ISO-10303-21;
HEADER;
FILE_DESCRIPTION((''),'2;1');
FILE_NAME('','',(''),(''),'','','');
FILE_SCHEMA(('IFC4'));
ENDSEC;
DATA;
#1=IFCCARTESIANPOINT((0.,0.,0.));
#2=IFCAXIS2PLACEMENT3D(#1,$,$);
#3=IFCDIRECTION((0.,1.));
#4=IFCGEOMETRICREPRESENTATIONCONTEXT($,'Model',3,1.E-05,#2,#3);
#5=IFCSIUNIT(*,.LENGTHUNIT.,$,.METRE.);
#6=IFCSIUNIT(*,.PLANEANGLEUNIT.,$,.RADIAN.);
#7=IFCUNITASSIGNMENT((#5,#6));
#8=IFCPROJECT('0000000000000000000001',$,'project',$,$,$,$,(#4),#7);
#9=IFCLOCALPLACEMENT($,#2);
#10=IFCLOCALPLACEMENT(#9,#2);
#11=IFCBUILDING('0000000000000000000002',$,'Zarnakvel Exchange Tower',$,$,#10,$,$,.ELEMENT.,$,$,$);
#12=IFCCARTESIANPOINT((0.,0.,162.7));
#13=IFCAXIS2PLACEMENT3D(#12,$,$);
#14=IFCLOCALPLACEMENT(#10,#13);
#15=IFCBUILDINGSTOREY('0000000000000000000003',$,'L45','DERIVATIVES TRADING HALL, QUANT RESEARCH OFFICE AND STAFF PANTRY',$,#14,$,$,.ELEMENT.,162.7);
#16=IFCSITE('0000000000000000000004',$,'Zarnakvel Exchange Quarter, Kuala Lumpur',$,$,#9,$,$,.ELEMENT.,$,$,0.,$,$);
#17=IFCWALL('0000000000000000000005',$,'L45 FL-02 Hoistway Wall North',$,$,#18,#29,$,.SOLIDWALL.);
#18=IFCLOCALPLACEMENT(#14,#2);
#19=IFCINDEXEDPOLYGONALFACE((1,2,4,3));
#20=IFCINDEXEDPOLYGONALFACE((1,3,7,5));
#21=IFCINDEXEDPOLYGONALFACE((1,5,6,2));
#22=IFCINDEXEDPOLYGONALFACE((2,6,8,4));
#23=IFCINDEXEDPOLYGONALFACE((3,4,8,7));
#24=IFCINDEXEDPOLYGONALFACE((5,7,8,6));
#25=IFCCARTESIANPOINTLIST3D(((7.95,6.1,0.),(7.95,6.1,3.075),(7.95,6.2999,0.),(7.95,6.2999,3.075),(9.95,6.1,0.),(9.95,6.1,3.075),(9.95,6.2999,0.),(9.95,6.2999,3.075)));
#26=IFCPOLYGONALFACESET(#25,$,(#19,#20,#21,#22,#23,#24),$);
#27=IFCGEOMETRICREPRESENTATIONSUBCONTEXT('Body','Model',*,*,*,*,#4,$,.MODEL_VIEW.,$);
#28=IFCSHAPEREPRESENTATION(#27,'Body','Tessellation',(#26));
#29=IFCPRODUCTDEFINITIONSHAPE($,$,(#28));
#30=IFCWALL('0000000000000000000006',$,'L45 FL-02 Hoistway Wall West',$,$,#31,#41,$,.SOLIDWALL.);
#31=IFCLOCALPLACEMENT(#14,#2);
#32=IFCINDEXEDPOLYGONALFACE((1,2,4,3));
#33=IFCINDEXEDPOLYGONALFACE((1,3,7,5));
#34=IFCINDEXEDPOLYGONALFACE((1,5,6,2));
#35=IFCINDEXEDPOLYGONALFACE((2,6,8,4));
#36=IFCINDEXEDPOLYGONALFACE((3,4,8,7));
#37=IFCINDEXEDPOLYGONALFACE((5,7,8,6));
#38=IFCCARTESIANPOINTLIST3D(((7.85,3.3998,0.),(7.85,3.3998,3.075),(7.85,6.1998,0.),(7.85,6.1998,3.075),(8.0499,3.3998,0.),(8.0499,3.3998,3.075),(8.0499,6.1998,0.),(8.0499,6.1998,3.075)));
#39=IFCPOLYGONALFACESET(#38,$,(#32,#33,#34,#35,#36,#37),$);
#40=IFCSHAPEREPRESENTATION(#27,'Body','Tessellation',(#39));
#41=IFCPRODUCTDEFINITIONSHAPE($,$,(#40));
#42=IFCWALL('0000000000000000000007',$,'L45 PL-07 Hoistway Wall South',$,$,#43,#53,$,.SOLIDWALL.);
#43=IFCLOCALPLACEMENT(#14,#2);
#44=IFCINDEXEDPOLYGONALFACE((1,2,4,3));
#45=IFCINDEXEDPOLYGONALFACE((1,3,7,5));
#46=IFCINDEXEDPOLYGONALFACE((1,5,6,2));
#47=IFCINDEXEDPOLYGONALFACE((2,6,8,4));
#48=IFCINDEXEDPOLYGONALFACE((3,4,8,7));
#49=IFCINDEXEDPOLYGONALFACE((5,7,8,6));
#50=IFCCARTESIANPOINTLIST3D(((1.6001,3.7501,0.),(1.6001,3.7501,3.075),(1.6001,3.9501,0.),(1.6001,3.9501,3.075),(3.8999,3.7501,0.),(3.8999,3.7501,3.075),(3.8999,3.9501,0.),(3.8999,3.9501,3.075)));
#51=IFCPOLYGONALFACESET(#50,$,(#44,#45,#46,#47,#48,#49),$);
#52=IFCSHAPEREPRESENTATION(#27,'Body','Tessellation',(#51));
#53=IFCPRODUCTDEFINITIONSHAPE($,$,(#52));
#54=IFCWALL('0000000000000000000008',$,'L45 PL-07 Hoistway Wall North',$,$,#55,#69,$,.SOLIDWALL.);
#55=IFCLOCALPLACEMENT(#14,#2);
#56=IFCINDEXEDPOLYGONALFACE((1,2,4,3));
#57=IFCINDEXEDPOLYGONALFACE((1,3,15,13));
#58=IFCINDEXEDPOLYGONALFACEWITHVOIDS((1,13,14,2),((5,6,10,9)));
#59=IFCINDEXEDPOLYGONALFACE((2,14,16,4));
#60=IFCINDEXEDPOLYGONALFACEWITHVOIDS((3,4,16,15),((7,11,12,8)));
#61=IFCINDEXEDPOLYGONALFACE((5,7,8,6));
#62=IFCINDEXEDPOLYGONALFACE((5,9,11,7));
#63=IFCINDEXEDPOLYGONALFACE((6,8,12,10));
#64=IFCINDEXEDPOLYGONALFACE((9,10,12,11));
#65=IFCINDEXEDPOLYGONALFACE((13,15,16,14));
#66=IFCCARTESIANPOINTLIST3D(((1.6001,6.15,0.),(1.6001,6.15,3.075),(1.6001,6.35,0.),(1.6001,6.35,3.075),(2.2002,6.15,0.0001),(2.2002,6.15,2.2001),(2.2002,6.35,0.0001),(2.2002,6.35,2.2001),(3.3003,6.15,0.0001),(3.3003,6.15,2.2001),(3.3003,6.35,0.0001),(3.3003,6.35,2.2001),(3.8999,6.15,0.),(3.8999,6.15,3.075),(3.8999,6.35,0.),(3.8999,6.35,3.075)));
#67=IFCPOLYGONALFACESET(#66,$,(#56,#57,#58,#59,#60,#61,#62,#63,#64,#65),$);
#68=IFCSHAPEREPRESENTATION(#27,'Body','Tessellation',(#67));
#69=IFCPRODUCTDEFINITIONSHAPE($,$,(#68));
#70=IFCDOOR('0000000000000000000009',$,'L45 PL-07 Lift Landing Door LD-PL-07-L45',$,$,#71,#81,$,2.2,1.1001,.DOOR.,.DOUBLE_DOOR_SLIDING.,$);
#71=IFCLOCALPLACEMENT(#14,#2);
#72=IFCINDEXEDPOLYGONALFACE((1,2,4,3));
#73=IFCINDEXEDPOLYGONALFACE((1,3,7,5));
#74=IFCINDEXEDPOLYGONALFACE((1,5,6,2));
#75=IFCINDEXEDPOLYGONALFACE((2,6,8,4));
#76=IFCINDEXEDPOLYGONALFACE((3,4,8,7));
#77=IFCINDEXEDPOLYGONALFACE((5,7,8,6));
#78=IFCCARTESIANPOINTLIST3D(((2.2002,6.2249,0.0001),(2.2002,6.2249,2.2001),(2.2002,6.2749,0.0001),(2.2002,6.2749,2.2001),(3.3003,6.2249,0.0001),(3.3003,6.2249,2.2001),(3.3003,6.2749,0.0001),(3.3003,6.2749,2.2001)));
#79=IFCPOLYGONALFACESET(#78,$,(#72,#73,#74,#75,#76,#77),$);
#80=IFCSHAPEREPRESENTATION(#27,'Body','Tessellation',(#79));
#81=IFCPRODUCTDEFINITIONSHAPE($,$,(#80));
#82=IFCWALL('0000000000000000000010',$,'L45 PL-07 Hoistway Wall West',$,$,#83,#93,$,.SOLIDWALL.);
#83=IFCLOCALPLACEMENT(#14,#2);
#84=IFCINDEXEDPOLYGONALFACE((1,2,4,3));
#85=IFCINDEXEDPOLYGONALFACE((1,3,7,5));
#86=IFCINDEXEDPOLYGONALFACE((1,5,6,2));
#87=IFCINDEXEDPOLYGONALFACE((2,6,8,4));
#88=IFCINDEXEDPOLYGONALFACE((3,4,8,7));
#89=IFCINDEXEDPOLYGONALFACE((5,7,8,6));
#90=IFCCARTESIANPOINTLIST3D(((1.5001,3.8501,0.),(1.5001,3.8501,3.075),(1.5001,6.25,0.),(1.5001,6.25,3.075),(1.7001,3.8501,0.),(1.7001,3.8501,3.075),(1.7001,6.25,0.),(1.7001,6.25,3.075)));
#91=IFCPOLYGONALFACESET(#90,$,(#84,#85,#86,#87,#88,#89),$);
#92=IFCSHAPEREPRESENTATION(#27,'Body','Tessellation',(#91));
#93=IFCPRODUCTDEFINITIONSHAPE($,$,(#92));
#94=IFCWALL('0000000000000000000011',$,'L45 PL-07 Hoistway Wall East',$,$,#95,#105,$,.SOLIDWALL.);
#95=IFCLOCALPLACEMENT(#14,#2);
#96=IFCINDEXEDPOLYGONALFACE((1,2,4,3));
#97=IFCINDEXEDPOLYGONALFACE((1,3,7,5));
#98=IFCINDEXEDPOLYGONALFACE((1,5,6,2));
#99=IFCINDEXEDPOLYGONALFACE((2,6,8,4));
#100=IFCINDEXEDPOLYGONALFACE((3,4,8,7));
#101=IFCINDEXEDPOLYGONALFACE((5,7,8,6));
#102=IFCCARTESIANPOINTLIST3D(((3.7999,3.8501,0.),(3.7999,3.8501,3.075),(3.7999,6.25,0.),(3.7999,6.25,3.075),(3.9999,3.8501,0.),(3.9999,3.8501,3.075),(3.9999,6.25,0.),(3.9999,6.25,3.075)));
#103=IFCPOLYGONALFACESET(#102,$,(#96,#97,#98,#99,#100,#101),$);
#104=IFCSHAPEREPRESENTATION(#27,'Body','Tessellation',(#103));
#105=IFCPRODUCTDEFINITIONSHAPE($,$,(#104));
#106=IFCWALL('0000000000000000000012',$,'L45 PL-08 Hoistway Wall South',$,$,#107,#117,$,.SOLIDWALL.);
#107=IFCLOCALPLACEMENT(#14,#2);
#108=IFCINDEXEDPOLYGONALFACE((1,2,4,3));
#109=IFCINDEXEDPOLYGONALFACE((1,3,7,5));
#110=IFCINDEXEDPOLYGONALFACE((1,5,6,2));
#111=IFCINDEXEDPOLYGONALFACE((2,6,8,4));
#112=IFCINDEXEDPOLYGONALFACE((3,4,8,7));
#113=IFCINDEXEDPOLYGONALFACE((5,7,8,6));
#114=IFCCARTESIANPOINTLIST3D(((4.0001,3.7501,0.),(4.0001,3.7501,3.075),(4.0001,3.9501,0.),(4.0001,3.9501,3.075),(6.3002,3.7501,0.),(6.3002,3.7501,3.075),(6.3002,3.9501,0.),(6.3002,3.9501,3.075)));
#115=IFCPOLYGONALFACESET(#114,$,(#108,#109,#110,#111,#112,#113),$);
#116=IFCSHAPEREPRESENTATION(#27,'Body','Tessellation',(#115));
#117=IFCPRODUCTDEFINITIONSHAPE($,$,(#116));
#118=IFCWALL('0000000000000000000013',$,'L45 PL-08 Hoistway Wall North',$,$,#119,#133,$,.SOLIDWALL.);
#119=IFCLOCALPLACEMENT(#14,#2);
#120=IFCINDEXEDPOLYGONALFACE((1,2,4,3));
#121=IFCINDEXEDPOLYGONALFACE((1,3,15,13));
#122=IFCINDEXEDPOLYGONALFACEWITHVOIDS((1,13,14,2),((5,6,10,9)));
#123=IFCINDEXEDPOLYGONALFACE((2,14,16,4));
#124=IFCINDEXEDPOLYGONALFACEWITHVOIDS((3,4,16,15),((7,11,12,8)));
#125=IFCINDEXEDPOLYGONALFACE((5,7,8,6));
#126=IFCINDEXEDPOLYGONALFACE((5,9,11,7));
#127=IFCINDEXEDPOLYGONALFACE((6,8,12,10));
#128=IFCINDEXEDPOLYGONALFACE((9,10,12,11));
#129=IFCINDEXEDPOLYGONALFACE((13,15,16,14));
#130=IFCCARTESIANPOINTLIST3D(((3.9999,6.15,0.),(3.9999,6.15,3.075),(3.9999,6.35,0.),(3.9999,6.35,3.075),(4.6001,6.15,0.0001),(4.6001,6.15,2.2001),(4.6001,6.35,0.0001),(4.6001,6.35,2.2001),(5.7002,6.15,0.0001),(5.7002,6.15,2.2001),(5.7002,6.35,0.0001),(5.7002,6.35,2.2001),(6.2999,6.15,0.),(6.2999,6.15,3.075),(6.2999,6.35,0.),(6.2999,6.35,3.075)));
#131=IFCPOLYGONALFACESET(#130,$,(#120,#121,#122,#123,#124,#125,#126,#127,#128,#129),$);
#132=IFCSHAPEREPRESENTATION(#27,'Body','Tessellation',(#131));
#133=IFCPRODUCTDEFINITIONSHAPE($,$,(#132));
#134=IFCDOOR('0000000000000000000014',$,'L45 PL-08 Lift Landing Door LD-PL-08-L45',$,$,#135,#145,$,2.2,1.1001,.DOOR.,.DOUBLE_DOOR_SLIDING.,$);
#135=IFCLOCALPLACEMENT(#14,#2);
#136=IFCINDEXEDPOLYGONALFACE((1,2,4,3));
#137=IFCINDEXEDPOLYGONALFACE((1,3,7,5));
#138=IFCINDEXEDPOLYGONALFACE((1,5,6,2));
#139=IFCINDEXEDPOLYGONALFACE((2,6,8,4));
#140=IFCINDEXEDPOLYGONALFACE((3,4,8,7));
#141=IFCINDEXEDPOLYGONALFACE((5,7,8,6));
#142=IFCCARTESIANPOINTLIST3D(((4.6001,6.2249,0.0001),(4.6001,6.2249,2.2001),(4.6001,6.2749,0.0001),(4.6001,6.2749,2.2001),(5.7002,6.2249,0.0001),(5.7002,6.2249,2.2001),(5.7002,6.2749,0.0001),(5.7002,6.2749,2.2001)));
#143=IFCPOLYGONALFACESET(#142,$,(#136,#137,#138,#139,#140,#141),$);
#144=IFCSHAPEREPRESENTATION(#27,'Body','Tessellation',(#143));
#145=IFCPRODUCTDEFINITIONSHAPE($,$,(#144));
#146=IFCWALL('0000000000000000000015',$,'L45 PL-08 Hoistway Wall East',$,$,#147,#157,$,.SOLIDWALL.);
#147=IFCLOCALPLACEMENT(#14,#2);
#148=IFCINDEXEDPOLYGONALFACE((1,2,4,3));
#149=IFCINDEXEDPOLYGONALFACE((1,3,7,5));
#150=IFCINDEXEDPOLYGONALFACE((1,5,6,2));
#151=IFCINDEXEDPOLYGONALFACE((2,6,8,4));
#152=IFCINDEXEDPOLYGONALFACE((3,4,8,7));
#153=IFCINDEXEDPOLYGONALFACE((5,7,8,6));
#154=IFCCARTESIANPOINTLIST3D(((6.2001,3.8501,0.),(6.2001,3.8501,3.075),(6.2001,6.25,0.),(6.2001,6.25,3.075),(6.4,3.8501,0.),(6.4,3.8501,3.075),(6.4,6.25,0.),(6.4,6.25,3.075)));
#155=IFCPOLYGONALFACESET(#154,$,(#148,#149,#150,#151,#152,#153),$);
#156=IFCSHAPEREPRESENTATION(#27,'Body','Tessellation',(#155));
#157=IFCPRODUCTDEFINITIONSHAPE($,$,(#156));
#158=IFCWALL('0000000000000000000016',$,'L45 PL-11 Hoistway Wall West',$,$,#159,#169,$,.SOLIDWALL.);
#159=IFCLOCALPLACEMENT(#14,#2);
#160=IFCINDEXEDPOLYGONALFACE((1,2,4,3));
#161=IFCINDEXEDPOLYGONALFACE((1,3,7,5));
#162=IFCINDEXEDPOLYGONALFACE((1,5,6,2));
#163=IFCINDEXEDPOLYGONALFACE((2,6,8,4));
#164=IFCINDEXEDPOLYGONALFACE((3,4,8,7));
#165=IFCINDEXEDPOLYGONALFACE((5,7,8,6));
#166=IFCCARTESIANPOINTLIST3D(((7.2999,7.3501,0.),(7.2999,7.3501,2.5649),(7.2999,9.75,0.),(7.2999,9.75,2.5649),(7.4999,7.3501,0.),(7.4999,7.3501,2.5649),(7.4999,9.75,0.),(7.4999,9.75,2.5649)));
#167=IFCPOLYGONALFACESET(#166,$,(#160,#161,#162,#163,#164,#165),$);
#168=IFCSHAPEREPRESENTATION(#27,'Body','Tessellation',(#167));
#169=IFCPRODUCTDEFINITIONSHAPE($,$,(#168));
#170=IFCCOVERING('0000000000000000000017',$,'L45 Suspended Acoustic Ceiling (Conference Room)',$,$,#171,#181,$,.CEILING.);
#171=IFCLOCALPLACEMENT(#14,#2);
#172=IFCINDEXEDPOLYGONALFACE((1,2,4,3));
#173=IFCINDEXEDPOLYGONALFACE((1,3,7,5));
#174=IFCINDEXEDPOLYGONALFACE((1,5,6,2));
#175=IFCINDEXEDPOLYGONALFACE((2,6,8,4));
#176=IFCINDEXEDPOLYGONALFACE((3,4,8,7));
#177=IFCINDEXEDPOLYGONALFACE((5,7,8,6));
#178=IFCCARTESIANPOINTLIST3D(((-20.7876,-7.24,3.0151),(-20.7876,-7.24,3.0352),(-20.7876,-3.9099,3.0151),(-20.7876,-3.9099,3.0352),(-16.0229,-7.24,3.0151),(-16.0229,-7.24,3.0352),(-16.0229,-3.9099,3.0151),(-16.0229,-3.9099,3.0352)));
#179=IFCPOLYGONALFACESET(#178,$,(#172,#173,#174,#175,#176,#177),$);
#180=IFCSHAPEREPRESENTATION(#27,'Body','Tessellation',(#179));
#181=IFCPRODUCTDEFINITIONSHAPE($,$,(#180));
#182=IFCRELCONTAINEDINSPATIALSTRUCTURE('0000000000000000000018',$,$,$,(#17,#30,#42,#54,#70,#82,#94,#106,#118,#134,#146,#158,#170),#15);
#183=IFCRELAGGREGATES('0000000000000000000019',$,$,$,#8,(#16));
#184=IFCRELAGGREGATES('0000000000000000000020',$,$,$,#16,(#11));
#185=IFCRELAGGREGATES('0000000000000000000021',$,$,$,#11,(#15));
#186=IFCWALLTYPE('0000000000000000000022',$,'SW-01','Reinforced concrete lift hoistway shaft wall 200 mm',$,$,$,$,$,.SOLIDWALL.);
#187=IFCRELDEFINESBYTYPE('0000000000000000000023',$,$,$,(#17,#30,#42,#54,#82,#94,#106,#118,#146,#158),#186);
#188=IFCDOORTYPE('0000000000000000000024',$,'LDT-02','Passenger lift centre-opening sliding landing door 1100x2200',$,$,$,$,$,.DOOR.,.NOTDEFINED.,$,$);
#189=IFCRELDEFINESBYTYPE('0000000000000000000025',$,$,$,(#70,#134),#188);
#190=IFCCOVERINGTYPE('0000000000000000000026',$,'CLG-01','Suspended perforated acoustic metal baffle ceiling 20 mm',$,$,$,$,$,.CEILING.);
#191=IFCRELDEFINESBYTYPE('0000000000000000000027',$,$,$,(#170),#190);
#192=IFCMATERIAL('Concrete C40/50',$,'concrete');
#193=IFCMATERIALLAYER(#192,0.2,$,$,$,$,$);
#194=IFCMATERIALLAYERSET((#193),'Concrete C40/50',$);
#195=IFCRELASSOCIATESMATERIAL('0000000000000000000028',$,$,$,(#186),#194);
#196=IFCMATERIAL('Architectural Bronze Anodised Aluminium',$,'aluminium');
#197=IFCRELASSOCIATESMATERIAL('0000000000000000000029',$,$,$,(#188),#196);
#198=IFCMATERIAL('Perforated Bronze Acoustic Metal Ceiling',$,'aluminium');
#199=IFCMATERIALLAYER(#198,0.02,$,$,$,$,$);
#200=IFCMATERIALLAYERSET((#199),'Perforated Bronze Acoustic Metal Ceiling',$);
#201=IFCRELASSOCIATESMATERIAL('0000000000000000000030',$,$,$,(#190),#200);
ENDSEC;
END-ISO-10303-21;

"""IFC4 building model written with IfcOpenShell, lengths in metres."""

from ifc_helpers import new_model, si_unit, direction, frame, frame_2d, origin, place, context, subcontext, project, spatial, polyline, rectangle, outline, extrude, source, transform, mapped, material, layer, layer_set, type_object, element, fill, save


model = new_model("IFC4")

# Units and contexts
model_context = context("Model", 3, precision=1e-05, world=origin(), true_north=direction((0.0, 1.0)))
body_context = subcontext(model_context, "Body", "Model", "MODEL_VIEW")
ifc_project = project(units=[si_unit("LENGTHUNIT", "METRE"), si_unit("PLANEANGLEUNIT", "RADIAN")], contexts=[model_context])

# Site, building, storey
site_placement = place(None, origin())
site = spatial("IfcSite", under=ifc_project, at=site_placement, Name="Zarnakvel Exchange Quarter, Kuala Lumpur", CompositionType="ELEMENT", RefElevation=0.0)
building_placement = place(site_placement, origin())
building = spatial("IfcBuilding", under=site, at=building_placement, Name="Zarnakvel Exchange Tower", CompositionType="ELEMENT")
storey_placement = place(building_placement, frame((0.0, 0.0, 162.7)))
storey = spatial("IfcBuildingStorey", under=building, at=storey_placement, Name="L45", Description="DERIVATIVES TRADING HALL, QUANT RESEARCH OFFICE AND STAFF PANTRY", CompositionType="ELEMENT", Elevation=162.7)

# Shared definitions
ifc_material_1 = material(Name="Concrete C40/50", Category="concrete")
ifc_layer_1 = layer(ifc_material_1, 0.2)
ifc_layer_set_1 = layer_set([ifc_layer_1], Name="Concrete C40/50")
wall_type_1 = type_object("IfcWallType", Name="SW-01", Description="Reinforced concrete lift hoistway shaft wall 200 mm", PredefinedType="SOLIDWALL", material=ifc_layer_set_1)
shared_shape_1 = source(origin(), body_context, "Body", "SweptSolid", [
    extrude(rectangle(XDim=1.1001, YDim=2.2, at=frame_2d((0.55, 1.1001))), frame((0.0, 0.0249, 0.0), z_axis=(0.0, -1.0, 0.0), x_axis=(1.0, 0.0, 0.0)), (0.0, 0.0, 1.0), 0.05),
])

# Walls
wall_1_placement = place(storey_placement, frame((7.95, 6.2, 0.0), z_axis=(0.0, 0.0, 1.0), x_axis=(1.0, 0.0, 0.0)))
element("IfcWall", 1, at=wall_1_placement, inside=storey, type_object=wall_type_1, Name="L45 FL-02 Hoistway Wall North", PredefinedType="SOLIDWALL", context=body_context, shape_type="SweptSolid", body=[
    extrude(rectangle(XDim=2.0, YDim=0.2, at=frame_2d((1.0, 0.0))), origin(), (0.0, 0.0, 1.0), 3.075),
])
wall_2_placement = place(storey_placement, frame((7.95, 3.3999, 0.0), z_axis=(0.0, 0.0, 1.0), x_axis=(0.0, 1.0, 0.0)))
element("IfcWall", 2, at=wall_2_placement, inside=storey, type_object=wall_type_1, Name="L45 FL-02 Hoistway Wall West", PredefinedType="SOLIDWALL", context=body_context, shape_type="SweptSolid", body=[
    extrude(rectangle(XDim=2.8, YDim=0.2, at=frame_2d((1.3999, 0.0))), origin(), (0.0, 0.0, 1.0), 3.075),
])
wall_3_placement = place(storey_placement, frame((3.8999, 3.8501, 0.0), z_axis=(0.0, 0.0, 1.0), x_axis=(-1.0, 0.0, 0.0)))
element("IfcWall", 3, at=wall_3_placement, inside=storey, type_object=wall_type_1, Name="L45 PL-07 Hoistway Wall South", PredefinedType="SOLIDWALL", context=body_context, shape_type="SweptSolid", body=[
    extrude(rectangle(XDim=2.2998, YDim=0.2, at=frame_2d((1.1499, 0.0))), origin(), (0.0, 0.0, 1.0), 3.075),
])

# Wall, opening, door
wall_4_placement = place(storey_placement, frame((1.6001, 6.25, 0.0), z_axis=(0.0, 0.0, 1.0), x_axis=(1.0, 0.0, 0.0)))
wall_4 = element("IfcWall", 4, at=wall_4_placement, inside=storey, type_object=wall_type_1, Name="L45 PL-07 Hoistway Wall North", PredefinedType="SOLIDWALL", context=body_context, shape_type="SweptSolid", body=[
    extrude(rectangle(XDim=2.2998, YDim=0.2, at=frame_2d((1.1499, 0.0))), origin(), (0.0, 0.0, 1.0), 3.075),
])
opening_1_placement = place(wall_4_placement, frame((0.6001, 0.0, 0.0)))
opening_1 = element("IfcOpeningElement", 5, at=opening_1_placement, cuts=wall_4, PredefinedType="OPENING", context=body_context, shape_type="SweptSolid", body=[
    extrude(rectangle(XDim=1.1001, YDim=2.2, at=frame_2d((0.55, 1.1001))), frame((0.0, 0.1099, 0.0), z_axis=(0.0, -1.0, 0.0), x_axis=(1.0, 0.0, 0.0)), (0.0, 0.0, 1.0), 0.22),
])
ifc_material_2 = material(Name="Architectural Bronze Anodised Aluminium", Category="aluminium")
door_type_1 = type_object("IfcDoorType", Name="LDT-02", Description="Passenger lift centre-opening sliding landing door 1100x2200", OperationType="NOTDEFINED", PredefinedType="DOOR", material=ifc_material_2)
door_1_placement = place(opening_1_placement, origin())
door_1 = element("IfcDoor", 6, at=door_1_placement, inside=storey, type_object=door_type_1, Name="L45 PL-07 Lift Landing Door LD-PL-07-L45", OperationType="DOUBLE_DOOR_SLIDING", OverallHeight=2.2, OverallWidth=1.1001, PredefinedType="DOOR", context=body_context, shape_type="MappedRepresentation", body=[
    mapped(shared_shape_1, transform((0.0, 0.0, 0.0), x_axis=(1.0, 0.0, 0.0), y_axis=(0.0, 1.0, 0.0), z_axis=(0.0, 0.0, 1.0), scale=1.0)),
])
fill(opening_1, door_1)

# Walls
for number, where, z_axis, x_axis, name in (
    (7, (1.6001, 3.8501, 0.0), (0.0, 0.0, 1.0), (0.0, 1.0, 0.0), "L45 PL-07 Hoistway Wall West"),
    (8, (3.8999, 6.25, 0.0), (0.0, 0.0, 1.0), (0.0, -1.0, 0.0), "L45 PL-07 Hoistway Wall East"),
):
    element("IfcWall", number, at=place(storey_placement, frame(where, z_axis=z_axis, x_axis=x_axis)), inside=storey, type_object=wall_type_1, Name=name, PredefinedType="SOLIDWALL", context=body_context, shape_type="SweptSolid", body=[
        extrude(rectangle(XDim=2.3999, YDim=0.2, at=frame_2d((1.2, 0.0))), origin(), (0.0, 0.0, 1.0), 3.075),
    ])
wall_5_placement = place(storey_placement, frame((6.3, 3.8501, 0.0), z_axis=(0.0, 0.0, 1.0), x_axis=(-1.0, 0.0, 0.0)))
element("IfcWall", 9, at=wall_5_placement, inside=storey, type_object=wall_type_1, Name="L45 PL-08 Hoistway Wall South", PredefinedType="SOLIDWALL", context=body_context, shape_type="SweptSolid", body=[
    extrude(rectangle(XDim=2.3, YDim=0.2, at=frame_2d((1.1499, 0.0))), origin(), (0.0, 0.0, 1.0), 3.075),
])

# Wall, opening, door
wall_6_placement = place(storey_placement, frame((4.0, 6.25, 0.0), z_axis=(0.0, 0.0, 1.0), x_axis=(1.0, 0.0, 0.0)))
wall_6 = element("IfcWall", 10, at=wall_6_placement, inside=storey, type_object=wall_type_1, Name="L45 PL-08 Hoistway Wall North", PredefinedType="SOLIDWALL", context=body_context, shape_type="SweptSolid", body=[
    extrude(rectangle(XDim=2.3, YDim=0.2, at=frame_2d((1.1499, 0.0))), origin(), (0.0, 0.0, 1.0), 3.075),
])
opening_2_placement = place(wall_6_placement, frame((0.6001, 0.0, 0.0)))
opening_2 = element("IfcOpeningElement", 11, at=opening_2_placement, cuts=wall_6, PredefinedType="OPENING", context=body_context, shape_type="SweptSolid", body=[
    extrude(rectangle(XDim=1.1001, YDim=2.2, at=frame_2d((0.55, 1.1001))), frame((0.0, 0.1099, 0.0), z_axis=(0.0, -1.0, 0.0), x_axis=(1.0, 0.0, 0.0)), (0.0, 0.0, 1.0), 0.22),
])
door_2_placement = place(opening_2_placement, origin())
door_2 = element("IfcDoor", 12, at=door_2_placement, inside=storey, type_object=door_type_1, Name="L45 PL-08 Lift Landing Door LD-PL-08-L45", OperationType="DOUBLE_DOOR_SLIDING", OverallHeight=2.2, OverallWidth=1.1001, PredefinedType="DOOR", context=body_context, shape_type="MappedRepresentation", body=[
    mapped(shared_shape_1, transform((0.0, 0.0, 0.0), x_axis=(1.0, 0.0, 0.0), y_axis=(0.0, 1.0, 0.0), z_axis=(0.0, 0.0, 1.0), scale=1.0)),
])
fill(opening_2, door_2)

# Walls
wall_7_placement = place(storey_placement, frame((6.3, 6.25, 0.0), z_axis=(0.0, 0.0, 1.0), x_axis=(0.0, -1.0, 0.0)))
element("IfcWall", 13, at=wall_7_placement, inside=storey, type_object=wall_type_1, Name="L45 PL-08 Hoistway Wall East", PredefinedType="SOLIDWALL", context=body_context, shape_type="SweptSolid", body=[
    extrude(rectangle(XDim=2.3999, YDim=0.2, at=frame_2d((1.2, 0.0))), origin(), (0.0, 0.0, 1.0), 3.075),
])
wall_8_placement = place(storey_placement, frame((7.3999, 7.3501, 0.0), z_axis=(0.0, 0.0, 1.0), x_axis=(0.0, 1.0, 0.0)))
element("IfcWall", 14, at=wall_8_placement, inside=storey, type_object=wall_type_1, Name="L45 PL-11 Hoistway Wall West", PredefinedType="SOLIDWALL", context=body_context, shape_type="SweptSolid", body=[
    extrude(rectangle(XDim=2.3999, YDim=0.2, at=frame_2d((1.2, 0.0))), origin(), (0.0, 0.0, 1.0), 2.5649),
])

# Covering
ifc_material_3 = material(Name="Perforated Bronze Acoustic Metal Ceiling", Category="aluminium")
ifc_layer_2 = layer(ifc_material_3, 0.02)
ifc_layer_set_2 = layer_set([ifc_layer_2], Name="Perforated Bronze Acoustic Metal Ceiling")
covering_type_1 = type_object("IfcCoveringType", Name="CLG-01", Description="Suspended perforated acoustic metal baffle ceiling 20 mm", PredefinedType="CEILING", material=ifc_layer_set_2)
covering_1_placement = place(storey_placement, frame((0.0, 0.0, 3.0151)))
element("IfcCovering", 15, at=covering_1_placement, inside=storey, type_object=covering_type_1, Name="L45 Suspended Acoustic Ceiling (Conference Room)", PredefinedType="CEILING", context=body_context, shape_type="SweptSolid", body=[
    extrude(outline(polyline([(-20.7876, -3.9099), (-16.0229, -3.9099), (-16.0229, -7.24), (-20.7876, -7.24), (-20.7876, -3.9099)])), origin(), (0.0, 0.0, 1.0), 0.02),
])

save(model, "model.ifc")
